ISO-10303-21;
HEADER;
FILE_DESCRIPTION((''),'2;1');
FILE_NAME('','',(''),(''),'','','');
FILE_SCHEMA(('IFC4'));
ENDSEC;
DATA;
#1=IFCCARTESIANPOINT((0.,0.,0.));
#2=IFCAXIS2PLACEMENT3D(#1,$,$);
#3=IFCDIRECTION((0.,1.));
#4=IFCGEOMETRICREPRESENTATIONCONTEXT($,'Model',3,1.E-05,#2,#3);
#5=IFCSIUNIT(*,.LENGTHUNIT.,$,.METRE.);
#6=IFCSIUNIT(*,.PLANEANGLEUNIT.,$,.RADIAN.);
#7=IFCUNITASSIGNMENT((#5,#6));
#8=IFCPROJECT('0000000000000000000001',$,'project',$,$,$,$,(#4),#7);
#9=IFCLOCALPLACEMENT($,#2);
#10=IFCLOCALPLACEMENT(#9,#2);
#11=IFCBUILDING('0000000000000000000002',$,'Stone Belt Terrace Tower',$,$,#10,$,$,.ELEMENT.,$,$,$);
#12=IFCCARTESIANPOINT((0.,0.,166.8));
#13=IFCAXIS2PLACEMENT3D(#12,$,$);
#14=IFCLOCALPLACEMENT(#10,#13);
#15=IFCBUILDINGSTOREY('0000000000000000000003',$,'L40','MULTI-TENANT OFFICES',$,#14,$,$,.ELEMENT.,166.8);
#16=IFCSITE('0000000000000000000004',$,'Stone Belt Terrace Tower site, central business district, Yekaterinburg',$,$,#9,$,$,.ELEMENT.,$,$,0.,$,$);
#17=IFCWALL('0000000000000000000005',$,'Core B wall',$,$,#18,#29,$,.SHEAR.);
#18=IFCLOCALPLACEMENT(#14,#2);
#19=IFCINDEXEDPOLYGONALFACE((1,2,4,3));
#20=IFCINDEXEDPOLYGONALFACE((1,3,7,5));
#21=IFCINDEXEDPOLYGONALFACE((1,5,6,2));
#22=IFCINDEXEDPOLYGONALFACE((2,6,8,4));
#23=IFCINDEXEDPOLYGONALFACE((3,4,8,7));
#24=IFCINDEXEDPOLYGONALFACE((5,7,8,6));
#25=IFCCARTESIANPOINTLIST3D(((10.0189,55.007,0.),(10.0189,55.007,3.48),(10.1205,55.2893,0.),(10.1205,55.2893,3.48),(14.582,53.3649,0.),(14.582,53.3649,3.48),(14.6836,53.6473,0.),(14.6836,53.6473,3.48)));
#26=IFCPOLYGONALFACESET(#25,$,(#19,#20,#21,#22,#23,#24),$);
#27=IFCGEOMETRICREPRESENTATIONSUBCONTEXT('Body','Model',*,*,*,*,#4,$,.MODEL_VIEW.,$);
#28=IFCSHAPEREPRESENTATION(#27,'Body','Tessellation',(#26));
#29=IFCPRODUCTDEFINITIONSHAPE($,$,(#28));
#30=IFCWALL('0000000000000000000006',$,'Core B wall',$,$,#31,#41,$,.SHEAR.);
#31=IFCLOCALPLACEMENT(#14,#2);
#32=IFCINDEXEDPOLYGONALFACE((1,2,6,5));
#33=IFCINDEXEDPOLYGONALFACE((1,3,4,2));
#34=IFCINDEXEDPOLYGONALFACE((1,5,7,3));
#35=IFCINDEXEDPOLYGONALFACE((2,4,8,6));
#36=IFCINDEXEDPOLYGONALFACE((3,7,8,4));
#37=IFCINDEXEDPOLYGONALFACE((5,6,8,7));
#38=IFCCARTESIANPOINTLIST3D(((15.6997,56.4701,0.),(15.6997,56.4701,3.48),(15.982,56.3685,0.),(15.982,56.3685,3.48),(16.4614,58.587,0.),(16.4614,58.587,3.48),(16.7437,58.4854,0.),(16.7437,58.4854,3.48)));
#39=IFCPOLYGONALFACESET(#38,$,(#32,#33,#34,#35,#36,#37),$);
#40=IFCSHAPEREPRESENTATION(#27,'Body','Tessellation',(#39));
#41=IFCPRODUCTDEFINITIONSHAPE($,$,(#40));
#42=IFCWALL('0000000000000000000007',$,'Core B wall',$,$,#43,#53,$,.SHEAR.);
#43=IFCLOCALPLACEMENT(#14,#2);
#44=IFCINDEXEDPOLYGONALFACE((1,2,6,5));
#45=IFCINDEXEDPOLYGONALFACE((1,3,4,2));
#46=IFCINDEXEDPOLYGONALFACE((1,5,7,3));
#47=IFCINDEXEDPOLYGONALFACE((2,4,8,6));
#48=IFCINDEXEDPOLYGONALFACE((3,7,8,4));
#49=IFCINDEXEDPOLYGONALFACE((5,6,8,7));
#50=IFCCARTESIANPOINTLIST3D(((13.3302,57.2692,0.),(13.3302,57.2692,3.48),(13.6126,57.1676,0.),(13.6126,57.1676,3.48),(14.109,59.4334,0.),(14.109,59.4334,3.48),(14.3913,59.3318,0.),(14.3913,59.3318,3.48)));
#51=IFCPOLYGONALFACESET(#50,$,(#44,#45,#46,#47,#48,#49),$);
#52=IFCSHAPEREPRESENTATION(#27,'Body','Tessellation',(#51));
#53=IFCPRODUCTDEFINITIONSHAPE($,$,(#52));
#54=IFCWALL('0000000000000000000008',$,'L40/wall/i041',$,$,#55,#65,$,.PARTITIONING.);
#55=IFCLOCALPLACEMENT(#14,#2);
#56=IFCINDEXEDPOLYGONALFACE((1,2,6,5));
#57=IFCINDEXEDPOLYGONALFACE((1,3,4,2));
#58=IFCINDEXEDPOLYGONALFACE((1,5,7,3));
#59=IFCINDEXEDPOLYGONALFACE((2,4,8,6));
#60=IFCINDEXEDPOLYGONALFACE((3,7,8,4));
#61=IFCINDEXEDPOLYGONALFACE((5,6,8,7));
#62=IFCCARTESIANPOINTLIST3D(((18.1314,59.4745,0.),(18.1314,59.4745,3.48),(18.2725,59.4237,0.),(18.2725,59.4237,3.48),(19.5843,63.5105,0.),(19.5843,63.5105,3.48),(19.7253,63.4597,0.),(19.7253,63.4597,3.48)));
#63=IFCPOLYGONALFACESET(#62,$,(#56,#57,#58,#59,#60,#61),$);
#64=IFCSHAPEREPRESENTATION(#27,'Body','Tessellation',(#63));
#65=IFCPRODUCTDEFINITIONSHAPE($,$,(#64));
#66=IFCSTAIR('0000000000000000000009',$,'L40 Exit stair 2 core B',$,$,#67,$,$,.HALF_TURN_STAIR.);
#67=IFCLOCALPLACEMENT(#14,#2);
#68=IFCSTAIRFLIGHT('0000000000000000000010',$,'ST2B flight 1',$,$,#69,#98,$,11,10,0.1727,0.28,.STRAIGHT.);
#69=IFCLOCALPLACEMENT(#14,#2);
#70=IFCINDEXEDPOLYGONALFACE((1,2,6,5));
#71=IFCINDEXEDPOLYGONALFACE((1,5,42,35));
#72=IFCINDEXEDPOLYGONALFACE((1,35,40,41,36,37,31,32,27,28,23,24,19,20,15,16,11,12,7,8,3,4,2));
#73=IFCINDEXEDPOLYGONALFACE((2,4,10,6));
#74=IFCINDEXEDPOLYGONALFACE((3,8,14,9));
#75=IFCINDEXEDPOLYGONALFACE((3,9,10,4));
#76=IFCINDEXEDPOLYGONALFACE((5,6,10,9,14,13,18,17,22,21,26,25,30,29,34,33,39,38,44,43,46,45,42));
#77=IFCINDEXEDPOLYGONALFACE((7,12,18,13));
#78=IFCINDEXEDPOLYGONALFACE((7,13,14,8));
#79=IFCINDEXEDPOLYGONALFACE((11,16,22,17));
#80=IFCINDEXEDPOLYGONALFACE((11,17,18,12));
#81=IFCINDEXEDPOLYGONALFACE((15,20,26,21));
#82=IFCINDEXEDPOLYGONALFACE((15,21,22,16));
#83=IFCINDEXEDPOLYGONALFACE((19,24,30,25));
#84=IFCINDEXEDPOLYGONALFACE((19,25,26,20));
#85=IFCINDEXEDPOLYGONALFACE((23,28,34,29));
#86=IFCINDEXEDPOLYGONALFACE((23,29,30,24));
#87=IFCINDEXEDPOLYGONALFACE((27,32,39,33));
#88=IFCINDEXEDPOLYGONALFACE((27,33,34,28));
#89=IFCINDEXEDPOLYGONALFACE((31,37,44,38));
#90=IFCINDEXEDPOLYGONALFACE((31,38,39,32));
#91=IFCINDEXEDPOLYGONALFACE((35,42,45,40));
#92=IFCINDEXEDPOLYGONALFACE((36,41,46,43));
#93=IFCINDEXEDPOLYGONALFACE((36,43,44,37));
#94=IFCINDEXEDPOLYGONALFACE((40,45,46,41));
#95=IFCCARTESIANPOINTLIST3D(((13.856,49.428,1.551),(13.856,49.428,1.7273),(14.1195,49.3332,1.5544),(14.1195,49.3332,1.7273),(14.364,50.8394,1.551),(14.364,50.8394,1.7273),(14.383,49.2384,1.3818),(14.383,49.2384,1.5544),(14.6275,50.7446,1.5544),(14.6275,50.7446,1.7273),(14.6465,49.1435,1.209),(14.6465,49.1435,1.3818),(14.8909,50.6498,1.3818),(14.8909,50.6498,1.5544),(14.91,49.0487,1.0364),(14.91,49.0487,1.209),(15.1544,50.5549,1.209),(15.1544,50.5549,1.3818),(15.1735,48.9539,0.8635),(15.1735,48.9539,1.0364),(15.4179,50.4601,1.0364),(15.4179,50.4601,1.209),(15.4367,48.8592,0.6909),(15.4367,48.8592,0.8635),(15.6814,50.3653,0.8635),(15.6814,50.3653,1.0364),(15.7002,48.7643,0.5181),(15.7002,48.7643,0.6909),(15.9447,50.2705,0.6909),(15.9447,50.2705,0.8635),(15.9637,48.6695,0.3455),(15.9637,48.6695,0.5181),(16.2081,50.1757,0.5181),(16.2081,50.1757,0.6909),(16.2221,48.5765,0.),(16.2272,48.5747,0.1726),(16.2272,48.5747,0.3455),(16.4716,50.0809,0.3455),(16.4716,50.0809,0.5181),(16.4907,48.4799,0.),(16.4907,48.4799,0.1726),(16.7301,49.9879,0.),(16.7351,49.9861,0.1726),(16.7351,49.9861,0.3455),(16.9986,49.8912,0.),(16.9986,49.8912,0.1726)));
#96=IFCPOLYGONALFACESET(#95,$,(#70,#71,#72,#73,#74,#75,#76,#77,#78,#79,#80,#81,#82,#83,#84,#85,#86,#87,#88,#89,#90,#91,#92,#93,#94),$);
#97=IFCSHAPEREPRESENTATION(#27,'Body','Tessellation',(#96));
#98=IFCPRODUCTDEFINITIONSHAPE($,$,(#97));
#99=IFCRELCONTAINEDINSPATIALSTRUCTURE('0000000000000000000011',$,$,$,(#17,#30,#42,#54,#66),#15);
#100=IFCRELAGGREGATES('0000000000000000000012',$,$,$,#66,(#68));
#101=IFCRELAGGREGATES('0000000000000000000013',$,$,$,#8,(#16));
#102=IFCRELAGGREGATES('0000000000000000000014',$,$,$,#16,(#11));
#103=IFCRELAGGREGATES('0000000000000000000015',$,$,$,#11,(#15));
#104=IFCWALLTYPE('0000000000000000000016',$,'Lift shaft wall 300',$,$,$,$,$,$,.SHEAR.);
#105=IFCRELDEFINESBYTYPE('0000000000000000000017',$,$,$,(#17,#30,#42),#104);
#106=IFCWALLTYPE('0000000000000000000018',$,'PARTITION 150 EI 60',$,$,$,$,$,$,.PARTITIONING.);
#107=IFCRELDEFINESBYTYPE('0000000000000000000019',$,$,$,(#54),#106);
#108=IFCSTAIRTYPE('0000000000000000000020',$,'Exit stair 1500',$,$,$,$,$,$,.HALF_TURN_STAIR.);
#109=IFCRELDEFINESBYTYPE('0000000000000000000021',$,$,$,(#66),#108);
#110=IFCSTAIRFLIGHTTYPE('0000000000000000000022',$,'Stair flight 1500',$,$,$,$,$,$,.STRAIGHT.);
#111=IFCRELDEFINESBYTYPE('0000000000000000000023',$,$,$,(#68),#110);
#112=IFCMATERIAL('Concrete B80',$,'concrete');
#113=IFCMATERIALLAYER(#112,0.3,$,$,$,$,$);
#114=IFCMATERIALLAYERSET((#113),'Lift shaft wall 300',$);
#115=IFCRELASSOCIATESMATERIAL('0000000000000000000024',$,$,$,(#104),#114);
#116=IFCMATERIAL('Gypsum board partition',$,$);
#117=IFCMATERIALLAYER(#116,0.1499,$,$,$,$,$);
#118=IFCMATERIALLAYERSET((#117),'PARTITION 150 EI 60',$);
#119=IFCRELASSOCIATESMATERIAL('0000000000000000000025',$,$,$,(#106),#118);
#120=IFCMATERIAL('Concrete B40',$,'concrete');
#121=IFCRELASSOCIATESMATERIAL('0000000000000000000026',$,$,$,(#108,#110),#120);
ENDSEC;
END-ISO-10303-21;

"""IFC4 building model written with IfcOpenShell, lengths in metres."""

from ifc_helpers import new_model, si_unit, direction, frame, frame_2d, origin, place, context, subcontext, project, spatial, polyline, rectangle, outline, extrude, material, layer, layer_set, type_object, element, aggregate, save


model = new_model("IFC4")

# Units and contexts
model_context = context("Model", 3, precision=1e-05, world=origin(), true_north=direction((0.0, 1.0)))
body_context = subcontext(model_context, "Body", "Model", "MODEL_VIEW")
ifc_project = project(units=[si_unit("LENGTHUNIT", "METRE"), si_unit("PLANEANGLEUNIT", "RADIAN")], contexts=[model_context])

# Site, building, storey
site_placement = place(None, origin())
site = spatial("IfcSite", under=ifc_project, at=site_placement, Name="Stone Belt Terrace Tower site, central business district, Yekaterinburg", CompositionType="ELEMENT", RefElevation=0.0)
building_placement = place(site_placement, origin())
building = spatial("IfcBuilding", under=site, at=building_placement, Name="Stone Belt Terrace Tower", CompositionType="ELEMENT")
storey_placement = place(building_placement, frame((0.0, 0.0, 166.8)))
storey = spatial("IfcBuildingStorey", under=building, at=storey_placement, Name="L40", Description="MULTI-TENANT OFFICES", CompositionType="ELEMENT", Elevation=166.8)

# Shared definitions
ifc_material_1 = material(Name="Concrete B80", Category="concrete")

# Walls
ifc_layer_1 = layer(ifc_material_1, 0.3)
ifc_layer_set_1 = layer_set([ifc_layer_1], Name="Lift shaft wall 300")
wall_type_1 = type_object("IfcWallType", Name="Lift shaft wall 300", PredefinedType="SHEAR", material=ifc_layer_set_1)
wall_1_placement = place(storey_placement, frame((14.6328, 53.5061, 0.0), z_axis=(0.0, 0.0, 1.0), x_axis=(-0.940932, 0.338596, 0.0)))
element("IfcWall", 1, at=wall_1_placement, inside=storey, type_object=wall_type_1, Name="Core B wall", PredefinedType="SHEAR", context=body_context, shape_type="SweptSolid", body=[
    extrude(rectangle(XDim=4.8496, YDim=0.3, at=frame_2d((2.4248, 0.0))), origin(), (0.0, 0.0, 1.0), 3.48),
])
wall_2_placement = place(storey_placement, frame((15.8408, 56.4192, 0.0), z_axis=(0.0, 0.0, 1.0), x_axis=(0.33857, 0.940941, 0.0)))
element("IfcWall", 2, at=wall_2_placement, inside=storey, type_object=wall_type_1, Name="Core B wall", PredefinedType="SHEAR", context=body_context, shape_type="SweptSolid", body=[
    extrude(rectangle(XDim=2.2498, YDim=0.3, at=frame_2d((1.125, 0.0))), origin(), (0.0, 0.0, 1.0), 3.48),
])
wall_3_placement = place(storey_placement, frame((13.4714, 57.2185, 0.0), z_axis=(0.0, 0.0, 1.0), x_axis=(0.338588, 0.940935, 0.0)))
element("IfcWall", 3, at=wall_3_placement, inside=storey, type_object=wall_type_1, Name="Core B wall", PredefinedType="SHEAR", context=body_context, shape_type="SweptSolid", body=[
    extrude(rectangle(XDim=2.3, YDim=0.3, at=frame_2d((1.1499, 0.0))), origin(), (0.0, 0.0, 1.0), 3.48),
])
ifc_material_2 = material(Name="Gypsum board partition")
ifc_layer_2 = layer(ifc_material_2, 0.1499)
ifc_layer_set_2 = layer_set([ifc_layer_2], Name="PARTITION 150 EI 60")
wall_type_2 = type_object("IfcWallType", Name="PARTITION 150 EI 60", PredefinedType="PARTITIONING", material=ifc_layer_set_2)
wall_4_placement = place(storey_placement, frame((19.6548, 63.4851, 0.0), z_axis=(0.0, 0.0, 1.0), x_axis=(-0.338693, -0.940897, 0.0)))
element("IfcWall", 4, at=wall_4_placement, inside=storey, type_object=wall_type_2, Name="L40/wall/i041", PredefinedType="PARTITIONING", context=body_context, shape_type="SweptSolid", body=[
    extrude(rectangle(XDim=4.2896, YDim=0.1499, at=frame_2d((2.1448, 0.0))), origin(), (0.0, 0.0, 1.0), 3.48),
])

# Stair, stair flight
ifc_material_3 = material(Name="Concrete B40", Category="concrete")
stair_type = type_object("IfcStairType", Name="Exit stair 1500", PredefinedType="HALF_TURN_STAIR", material=ifc_material_3)
stair_placement = place(storey_placement, origin())
stair = element("IfcStair", 5, at=stair_placement, inside=storey, type_object=stair_type, Name="L40 Exit stair 2 core B", PredefinedType="HALF_TURN_STAIR")
stair_flight_type = type_object("IfcStairFlightType", Name="Stair flight 1500", PredefinedType="STRAIGHT", material=ifc_material_3)
stair_flight_placement = place(storey_placement, frame((16.7446, 49.1855, 0.0), z_axis=(0.0, 0.0, 1.0), x_axis=(-0.940922, 0.338624, 0.0)))
stair_flight = element("IfcStairFlight", 6, at=stair_flight_placement, type_object=stair_flight_type, Name="ST2B flight 1", NumberOfRisers=11, NumberOfTreads=10, PredefinedType="STRAIGHT", RiserHeight=0.1727, TreadLength=0.28, context=body_context, shape_type="SweptSolid", body=[
    extrude(outline(polyline([(0.0, 0.0), (0.0, 0.1726), (0.28, 0.1726), (0.28, 0.3455), (0.5601, 0.3455), (0.5601, 0.5181), (0.8401, 0.5181), (0.8401, 0.6909), (1.1201, 0.6909), (1.1201, 0.8635), (1.3999, 0.8635), (1.3999, 1.0364), (1.6799, 1.0364), (1.6799, 1.209), (1.96, 1.209), (1.96, 1.3818), (2.24, 1.3818), (2.24, 1.5544), (2.52, 1.5544), (2.52, 1.7273), (2.8, 1.7273), (2.8, 1.8999), (2.8, 1.551), (0.2854, 0.0), (0.0, 0.0)])), frame((0.0, 0.75, 0.0), z_axis=(0.0, -1.0, 0.0), x_axis=(1.0, 0.0, 0.0)), (0.0, 0.0, 1.0), 1.5),
])
aggregate(stair, [stair_flight])

save(model, "model.ifc")
